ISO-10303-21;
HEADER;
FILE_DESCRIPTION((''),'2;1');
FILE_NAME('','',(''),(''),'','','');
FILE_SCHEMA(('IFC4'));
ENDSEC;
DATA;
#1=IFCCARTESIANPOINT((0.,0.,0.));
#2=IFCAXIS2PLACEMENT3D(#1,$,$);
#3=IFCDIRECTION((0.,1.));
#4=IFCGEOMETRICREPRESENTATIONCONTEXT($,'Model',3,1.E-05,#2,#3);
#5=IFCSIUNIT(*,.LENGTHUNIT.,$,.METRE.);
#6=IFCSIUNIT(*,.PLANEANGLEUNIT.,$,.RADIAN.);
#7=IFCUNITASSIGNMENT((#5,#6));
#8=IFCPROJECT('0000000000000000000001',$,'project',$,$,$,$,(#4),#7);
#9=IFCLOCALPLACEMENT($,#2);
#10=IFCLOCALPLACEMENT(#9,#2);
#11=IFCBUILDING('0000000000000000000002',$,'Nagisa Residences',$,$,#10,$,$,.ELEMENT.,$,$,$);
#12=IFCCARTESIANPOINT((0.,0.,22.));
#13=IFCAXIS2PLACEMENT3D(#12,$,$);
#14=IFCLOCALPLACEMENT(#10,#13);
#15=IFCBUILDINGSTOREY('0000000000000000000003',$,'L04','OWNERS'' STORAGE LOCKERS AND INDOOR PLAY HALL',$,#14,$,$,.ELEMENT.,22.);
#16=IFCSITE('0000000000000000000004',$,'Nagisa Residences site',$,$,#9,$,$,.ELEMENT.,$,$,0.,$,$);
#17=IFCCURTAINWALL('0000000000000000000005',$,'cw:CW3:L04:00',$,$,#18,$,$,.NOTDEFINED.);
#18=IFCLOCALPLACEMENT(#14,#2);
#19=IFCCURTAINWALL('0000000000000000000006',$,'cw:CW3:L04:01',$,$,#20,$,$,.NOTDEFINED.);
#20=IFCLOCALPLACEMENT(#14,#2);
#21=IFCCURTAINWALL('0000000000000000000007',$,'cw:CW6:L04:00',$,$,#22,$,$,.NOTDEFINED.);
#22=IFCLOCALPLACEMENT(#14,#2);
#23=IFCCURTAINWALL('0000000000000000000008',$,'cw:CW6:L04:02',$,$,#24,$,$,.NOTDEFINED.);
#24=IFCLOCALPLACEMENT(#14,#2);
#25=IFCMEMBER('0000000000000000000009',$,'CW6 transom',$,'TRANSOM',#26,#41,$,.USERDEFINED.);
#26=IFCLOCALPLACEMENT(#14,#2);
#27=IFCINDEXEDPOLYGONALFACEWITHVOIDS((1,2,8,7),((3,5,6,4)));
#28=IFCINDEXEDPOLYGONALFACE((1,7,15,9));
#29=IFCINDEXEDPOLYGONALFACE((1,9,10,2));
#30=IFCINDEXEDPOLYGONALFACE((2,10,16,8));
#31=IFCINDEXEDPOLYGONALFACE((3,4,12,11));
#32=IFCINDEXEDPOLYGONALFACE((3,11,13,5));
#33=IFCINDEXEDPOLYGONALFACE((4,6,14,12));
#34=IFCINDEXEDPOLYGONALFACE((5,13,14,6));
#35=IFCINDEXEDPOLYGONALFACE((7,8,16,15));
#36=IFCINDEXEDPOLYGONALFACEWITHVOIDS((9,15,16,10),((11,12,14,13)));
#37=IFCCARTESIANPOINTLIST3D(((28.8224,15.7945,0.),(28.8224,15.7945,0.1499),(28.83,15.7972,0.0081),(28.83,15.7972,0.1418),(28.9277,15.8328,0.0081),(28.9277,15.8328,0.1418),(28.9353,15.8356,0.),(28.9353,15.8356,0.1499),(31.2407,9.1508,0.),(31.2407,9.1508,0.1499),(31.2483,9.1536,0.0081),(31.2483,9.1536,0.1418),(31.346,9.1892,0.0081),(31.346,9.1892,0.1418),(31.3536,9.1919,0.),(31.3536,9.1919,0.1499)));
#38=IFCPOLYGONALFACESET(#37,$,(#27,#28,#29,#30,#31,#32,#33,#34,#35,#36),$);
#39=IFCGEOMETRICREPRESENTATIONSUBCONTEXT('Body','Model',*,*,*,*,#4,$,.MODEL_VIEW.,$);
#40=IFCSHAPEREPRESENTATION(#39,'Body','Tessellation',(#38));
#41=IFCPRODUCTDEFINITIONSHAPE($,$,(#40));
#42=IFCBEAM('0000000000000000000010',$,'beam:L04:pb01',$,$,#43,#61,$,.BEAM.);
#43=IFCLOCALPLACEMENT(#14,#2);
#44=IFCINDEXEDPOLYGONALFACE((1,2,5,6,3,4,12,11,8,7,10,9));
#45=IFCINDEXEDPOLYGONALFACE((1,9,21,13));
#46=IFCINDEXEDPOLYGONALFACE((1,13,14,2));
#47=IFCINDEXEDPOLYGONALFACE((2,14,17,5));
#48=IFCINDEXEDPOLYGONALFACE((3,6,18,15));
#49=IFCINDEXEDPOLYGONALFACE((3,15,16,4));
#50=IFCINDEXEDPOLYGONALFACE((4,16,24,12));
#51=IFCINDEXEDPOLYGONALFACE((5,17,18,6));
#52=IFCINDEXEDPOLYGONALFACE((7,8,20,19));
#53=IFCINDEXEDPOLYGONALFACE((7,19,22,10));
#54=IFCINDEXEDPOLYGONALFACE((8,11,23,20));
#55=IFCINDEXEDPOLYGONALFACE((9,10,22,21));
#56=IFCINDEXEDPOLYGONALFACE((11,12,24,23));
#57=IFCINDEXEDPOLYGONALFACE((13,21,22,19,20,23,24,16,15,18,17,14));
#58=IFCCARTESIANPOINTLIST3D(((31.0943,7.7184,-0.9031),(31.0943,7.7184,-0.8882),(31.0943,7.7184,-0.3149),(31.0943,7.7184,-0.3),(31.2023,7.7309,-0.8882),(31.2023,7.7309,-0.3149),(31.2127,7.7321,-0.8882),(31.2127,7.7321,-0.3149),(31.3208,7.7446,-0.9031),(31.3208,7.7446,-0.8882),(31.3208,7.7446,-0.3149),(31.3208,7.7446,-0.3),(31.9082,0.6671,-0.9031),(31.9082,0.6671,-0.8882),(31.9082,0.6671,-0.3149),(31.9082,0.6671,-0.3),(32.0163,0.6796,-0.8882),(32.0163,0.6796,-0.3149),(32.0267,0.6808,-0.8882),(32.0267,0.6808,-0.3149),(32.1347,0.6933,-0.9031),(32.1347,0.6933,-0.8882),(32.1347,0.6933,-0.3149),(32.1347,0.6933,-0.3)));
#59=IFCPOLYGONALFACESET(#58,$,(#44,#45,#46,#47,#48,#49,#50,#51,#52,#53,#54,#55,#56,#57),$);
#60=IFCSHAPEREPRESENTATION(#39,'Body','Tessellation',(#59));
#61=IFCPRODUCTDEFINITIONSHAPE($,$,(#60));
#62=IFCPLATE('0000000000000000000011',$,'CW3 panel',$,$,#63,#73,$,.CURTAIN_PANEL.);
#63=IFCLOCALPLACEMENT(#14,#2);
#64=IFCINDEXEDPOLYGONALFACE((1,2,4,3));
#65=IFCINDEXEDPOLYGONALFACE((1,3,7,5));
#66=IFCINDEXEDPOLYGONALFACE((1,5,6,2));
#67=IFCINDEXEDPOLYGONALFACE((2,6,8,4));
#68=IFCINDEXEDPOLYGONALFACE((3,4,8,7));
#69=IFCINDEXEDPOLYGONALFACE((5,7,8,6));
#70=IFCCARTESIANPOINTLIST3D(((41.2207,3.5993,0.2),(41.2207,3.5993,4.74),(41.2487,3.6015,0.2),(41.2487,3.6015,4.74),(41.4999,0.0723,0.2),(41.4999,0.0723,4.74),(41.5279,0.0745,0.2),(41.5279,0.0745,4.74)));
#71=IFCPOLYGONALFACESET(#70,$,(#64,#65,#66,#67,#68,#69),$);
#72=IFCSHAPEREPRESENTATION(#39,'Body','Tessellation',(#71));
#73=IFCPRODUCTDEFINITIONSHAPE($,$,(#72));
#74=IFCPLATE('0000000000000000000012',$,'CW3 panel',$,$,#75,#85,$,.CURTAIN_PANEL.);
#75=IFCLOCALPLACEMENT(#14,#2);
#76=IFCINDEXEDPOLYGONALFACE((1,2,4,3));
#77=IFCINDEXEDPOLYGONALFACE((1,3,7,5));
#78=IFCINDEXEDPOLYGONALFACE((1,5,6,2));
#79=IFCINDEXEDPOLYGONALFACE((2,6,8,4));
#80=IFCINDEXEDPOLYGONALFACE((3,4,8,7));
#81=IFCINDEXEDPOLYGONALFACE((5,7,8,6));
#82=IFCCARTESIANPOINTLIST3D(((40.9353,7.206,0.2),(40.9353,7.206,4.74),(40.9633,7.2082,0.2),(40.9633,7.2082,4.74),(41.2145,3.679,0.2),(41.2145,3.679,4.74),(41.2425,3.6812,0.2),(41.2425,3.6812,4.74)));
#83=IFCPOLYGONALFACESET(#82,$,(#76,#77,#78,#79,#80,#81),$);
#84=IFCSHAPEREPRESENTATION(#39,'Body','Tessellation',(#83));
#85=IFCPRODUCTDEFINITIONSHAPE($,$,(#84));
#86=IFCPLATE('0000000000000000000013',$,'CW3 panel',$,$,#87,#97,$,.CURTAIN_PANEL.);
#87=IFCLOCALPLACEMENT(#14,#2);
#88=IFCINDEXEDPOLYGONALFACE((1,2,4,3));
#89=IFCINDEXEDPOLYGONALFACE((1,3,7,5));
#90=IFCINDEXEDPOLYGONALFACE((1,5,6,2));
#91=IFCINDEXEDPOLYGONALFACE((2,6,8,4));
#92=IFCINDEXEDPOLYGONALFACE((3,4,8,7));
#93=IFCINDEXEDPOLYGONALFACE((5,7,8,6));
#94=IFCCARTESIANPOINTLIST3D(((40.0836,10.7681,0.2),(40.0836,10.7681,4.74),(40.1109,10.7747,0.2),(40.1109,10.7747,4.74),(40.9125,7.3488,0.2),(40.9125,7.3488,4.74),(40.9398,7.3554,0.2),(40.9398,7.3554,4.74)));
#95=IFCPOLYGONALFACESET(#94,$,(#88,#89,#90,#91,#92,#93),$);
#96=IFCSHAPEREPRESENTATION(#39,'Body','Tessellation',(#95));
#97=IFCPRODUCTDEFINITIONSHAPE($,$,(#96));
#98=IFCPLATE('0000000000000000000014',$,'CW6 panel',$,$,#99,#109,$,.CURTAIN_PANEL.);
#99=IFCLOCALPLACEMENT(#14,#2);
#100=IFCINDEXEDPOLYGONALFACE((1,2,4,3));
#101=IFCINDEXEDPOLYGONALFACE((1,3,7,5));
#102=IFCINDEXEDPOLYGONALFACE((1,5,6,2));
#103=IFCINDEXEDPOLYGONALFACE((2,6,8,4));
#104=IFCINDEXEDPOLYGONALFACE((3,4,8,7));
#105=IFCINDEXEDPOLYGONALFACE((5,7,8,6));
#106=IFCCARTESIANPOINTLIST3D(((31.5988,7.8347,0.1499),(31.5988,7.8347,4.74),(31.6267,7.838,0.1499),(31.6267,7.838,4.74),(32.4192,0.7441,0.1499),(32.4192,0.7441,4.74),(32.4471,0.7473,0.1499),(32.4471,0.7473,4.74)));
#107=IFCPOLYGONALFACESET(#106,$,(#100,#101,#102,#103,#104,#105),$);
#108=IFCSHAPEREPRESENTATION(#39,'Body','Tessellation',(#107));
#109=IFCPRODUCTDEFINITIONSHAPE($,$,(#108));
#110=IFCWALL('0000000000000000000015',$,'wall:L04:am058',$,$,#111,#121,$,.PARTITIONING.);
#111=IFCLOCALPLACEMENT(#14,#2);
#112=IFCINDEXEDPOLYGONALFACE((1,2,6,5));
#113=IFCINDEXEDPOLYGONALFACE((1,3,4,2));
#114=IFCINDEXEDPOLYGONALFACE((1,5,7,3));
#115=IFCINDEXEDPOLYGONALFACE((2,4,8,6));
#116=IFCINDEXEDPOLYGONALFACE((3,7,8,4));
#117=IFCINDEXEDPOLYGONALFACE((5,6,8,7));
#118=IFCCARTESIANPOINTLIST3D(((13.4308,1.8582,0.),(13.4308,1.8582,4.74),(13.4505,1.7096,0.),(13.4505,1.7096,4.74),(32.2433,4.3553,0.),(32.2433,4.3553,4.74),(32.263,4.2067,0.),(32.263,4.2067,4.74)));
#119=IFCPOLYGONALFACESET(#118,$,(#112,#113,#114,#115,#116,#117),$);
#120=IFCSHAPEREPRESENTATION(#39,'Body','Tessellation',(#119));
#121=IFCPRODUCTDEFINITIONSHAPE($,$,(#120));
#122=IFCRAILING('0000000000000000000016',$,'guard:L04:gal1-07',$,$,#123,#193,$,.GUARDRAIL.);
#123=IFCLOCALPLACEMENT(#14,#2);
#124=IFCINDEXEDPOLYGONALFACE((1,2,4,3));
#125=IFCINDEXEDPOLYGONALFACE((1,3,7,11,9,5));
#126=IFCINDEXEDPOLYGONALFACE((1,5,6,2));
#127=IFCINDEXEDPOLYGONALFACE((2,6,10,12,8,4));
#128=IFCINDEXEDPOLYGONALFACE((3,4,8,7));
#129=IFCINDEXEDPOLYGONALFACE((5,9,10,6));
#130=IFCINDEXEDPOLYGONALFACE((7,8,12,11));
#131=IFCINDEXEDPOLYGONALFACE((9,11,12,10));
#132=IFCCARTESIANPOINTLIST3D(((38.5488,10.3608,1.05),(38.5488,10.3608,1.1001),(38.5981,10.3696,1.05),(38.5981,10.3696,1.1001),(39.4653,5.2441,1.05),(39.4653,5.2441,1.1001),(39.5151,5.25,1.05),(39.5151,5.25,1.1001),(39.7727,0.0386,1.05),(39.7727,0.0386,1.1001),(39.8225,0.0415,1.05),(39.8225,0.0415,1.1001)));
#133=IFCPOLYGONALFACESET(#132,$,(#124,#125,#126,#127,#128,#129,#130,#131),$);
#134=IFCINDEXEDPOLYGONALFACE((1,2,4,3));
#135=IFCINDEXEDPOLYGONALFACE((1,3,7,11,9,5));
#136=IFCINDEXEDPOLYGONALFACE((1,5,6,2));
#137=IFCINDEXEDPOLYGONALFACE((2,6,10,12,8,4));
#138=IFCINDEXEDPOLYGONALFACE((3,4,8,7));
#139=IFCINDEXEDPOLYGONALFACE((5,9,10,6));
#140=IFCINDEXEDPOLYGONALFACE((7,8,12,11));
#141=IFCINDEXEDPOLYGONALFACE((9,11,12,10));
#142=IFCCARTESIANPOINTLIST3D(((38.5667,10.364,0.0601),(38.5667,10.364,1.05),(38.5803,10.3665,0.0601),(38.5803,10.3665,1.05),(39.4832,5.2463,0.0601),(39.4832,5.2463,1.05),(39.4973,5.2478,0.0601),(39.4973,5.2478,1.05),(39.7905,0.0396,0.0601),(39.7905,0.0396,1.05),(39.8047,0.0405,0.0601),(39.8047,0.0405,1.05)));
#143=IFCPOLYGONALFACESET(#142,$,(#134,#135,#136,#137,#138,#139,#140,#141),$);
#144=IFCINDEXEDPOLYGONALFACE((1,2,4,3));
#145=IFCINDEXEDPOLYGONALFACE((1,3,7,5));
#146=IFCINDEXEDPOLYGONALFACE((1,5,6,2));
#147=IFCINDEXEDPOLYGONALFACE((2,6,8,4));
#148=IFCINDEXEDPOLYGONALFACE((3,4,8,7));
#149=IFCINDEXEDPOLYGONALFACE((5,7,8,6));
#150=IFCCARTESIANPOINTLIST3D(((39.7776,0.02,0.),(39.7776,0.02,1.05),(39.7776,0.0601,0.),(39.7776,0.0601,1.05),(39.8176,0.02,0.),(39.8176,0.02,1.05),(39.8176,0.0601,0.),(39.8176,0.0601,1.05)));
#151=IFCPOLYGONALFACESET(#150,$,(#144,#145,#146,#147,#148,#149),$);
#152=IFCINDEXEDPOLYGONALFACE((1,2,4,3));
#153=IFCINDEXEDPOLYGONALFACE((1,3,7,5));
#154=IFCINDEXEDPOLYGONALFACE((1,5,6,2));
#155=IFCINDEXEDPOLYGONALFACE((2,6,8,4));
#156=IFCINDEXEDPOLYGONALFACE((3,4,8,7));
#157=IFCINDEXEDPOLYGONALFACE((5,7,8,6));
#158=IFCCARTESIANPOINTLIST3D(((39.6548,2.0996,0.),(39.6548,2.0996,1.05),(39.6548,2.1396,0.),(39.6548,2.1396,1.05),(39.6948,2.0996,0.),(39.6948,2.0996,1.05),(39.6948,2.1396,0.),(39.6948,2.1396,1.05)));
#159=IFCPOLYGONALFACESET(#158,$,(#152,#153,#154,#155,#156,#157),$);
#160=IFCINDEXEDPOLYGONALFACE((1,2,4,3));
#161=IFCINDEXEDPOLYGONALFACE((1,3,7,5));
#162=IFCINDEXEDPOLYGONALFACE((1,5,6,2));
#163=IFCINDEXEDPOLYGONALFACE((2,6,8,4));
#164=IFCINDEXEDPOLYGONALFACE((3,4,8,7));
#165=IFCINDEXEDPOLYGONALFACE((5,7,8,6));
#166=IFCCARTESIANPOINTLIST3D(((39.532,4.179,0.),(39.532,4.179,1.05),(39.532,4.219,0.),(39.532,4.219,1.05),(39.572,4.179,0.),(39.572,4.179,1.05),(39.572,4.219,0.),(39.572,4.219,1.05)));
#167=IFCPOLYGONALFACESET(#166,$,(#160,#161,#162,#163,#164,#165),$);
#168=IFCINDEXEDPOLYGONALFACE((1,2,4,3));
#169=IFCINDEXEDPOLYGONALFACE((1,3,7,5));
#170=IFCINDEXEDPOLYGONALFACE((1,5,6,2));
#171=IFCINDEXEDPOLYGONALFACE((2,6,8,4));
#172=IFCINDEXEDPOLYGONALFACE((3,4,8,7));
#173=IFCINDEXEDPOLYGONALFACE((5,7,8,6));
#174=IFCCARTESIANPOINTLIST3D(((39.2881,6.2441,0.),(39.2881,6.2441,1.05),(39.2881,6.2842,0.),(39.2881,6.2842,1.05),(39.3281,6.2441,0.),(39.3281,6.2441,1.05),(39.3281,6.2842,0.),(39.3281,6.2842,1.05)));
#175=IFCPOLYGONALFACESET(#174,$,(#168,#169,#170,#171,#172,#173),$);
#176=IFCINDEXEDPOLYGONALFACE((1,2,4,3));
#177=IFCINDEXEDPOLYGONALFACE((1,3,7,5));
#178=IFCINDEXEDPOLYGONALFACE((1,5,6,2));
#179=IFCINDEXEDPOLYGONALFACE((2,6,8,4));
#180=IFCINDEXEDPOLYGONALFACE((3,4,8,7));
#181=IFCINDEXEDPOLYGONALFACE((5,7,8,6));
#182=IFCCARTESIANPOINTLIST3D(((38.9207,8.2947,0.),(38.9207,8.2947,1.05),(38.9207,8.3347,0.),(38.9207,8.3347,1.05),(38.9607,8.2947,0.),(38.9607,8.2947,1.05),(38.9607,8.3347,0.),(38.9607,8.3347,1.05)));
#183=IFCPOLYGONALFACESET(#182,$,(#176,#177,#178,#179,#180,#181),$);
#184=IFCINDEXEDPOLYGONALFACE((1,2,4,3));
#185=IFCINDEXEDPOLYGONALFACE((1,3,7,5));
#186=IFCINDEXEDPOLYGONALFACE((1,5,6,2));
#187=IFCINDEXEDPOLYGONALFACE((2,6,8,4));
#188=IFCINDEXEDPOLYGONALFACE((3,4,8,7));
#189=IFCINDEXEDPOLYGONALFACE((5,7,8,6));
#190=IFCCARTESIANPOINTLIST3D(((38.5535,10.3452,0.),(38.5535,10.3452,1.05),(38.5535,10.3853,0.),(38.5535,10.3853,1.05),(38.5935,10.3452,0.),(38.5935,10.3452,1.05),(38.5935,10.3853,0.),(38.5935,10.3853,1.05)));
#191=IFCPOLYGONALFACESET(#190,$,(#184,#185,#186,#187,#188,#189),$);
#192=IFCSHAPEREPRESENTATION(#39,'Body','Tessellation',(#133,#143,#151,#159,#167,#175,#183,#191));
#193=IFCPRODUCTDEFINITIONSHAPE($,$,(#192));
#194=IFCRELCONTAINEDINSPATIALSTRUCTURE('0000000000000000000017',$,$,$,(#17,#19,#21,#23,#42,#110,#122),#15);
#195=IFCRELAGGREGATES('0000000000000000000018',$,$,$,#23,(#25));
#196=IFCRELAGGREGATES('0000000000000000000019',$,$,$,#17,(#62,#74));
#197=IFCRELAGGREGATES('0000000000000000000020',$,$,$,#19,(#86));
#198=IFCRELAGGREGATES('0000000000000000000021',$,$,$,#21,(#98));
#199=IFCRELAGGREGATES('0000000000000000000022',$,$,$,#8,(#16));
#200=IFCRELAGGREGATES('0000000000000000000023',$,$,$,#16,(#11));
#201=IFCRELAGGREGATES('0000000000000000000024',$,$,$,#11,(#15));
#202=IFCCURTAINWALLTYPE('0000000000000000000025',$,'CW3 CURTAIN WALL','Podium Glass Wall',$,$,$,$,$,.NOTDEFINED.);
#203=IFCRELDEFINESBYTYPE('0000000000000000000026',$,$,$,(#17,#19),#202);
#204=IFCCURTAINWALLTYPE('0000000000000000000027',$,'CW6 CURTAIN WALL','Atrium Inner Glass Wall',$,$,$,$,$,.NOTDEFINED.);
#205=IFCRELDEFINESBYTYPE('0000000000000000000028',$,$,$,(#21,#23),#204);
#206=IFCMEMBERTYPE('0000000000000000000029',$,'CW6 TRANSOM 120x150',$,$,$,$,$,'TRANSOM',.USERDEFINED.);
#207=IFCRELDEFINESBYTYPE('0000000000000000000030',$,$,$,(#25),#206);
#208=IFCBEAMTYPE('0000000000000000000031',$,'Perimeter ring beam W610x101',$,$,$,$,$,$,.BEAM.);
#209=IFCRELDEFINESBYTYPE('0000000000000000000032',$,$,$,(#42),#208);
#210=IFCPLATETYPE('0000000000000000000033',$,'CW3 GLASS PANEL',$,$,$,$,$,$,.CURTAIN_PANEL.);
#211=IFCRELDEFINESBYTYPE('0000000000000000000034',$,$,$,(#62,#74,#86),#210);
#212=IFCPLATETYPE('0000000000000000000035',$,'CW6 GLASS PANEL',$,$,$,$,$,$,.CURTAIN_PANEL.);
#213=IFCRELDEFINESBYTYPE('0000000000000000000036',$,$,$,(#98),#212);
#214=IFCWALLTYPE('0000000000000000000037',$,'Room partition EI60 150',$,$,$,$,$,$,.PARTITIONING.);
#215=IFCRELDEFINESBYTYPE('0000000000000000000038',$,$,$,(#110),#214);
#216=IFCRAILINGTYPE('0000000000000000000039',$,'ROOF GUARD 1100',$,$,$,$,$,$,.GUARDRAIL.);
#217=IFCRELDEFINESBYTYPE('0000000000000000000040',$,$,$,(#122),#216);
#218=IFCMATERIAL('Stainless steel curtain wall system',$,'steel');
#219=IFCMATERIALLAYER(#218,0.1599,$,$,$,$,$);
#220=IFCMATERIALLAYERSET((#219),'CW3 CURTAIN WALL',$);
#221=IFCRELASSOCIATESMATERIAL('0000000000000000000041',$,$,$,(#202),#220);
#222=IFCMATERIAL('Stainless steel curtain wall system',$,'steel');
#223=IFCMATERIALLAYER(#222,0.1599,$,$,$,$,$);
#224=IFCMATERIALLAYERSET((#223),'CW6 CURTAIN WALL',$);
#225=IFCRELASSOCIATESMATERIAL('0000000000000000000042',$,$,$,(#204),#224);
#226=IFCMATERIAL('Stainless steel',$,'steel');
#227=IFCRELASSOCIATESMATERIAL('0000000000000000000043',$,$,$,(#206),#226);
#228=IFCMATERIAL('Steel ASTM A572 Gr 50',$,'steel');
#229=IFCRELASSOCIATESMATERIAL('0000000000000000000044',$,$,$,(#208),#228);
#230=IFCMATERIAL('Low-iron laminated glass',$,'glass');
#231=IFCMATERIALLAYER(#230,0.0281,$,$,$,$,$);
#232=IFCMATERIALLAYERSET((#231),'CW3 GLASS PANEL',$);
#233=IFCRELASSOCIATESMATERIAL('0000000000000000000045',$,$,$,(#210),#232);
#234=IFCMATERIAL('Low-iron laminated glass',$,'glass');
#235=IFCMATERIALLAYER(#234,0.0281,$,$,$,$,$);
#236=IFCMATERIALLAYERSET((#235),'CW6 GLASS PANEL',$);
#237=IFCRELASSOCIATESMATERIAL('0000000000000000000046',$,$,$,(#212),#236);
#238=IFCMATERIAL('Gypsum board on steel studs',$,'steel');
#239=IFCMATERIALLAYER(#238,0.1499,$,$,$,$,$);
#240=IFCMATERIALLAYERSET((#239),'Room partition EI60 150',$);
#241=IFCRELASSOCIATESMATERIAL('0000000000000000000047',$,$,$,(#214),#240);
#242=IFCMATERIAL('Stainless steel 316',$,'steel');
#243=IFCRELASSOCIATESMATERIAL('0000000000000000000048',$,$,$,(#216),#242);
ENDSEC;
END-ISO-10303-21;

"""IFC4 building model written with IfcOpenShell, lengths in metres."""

from ifc_helpers import new_model, si_unit, direction, frame, frame_2d, origin, origin_2d, place, context, subcontext, project, spatial, polyline, rectangle, hollow_rectangle, i_section, outline, extrude, material, layer, layer_set, material_profile, profile_set, type_object, element, aggregate, save


model = new_model("IFC4")

# Units and contexts
model_context = context("Model", 3, precision=1e-05, world=origin(), true_north=direction((0.0, 1.0)))
body_context = subcontext(model_context, "Body", "Model", "MODEL_VIEW")
ifc_project = project(units=[si_unit("LENGTHUNIT", "METRE"), si_unit("PLANEANGLEUNIT", "RADIAN")], contexts=[model_context])

# Site, building, storey
site_placement = place(None, origin())
site = spatial("IfcSite", under=ifc_project, at=site_placement, Name="Nagisa Residences site", CompositionType="ELEMENT", RefElevation=0.0)
building_placement = place(site_placement, origin())
building = spatial("IfcBuilding", under=site, at=building_placement, Name="Nagisa Residences", CompositionType="ELEMENT")
storey_placement = place(building_placement, frame((0.0, 0.0, 22.0)))
storey = spatial("IfcBuildingStorey", under=building, at=storey_placement, Name="L04", Description="OWNERS' STORAGE LOCKERS AND INDOOR PLAY HALL", CompositionType="ELEMENT", Elevation=22.0)

# Curtain walls
ifc_material_1 = material(Name="Stainless steel curtain wall system", Category="steel")
ifc_layer_1 = layer(ifc_material_1, 0.1599)
ifc_layer_set_1 = layer_set([ifc_layer_1], Name="CW3 CURTAIN WALL")
curtain_wall_type_1 = type_object("IfcCurtainWallType", Name="CW3 CURTAIN WALL", Description="Podium Glass Wall", PredefinedType="NOTDEFINED", material=ifc_layer_set_1)
curtain_wall_1_placement = place(storey_placement, origin())
curtain_wall_1 = element("IfcCurtainWall", 1, at=curtain_wall_1_placement, inside=storey, type_object=curtain_wall_type_1, Name="cw:CW3:L04:00", PredefinedType="NOTDEFINED")
curtain_wall_2_placement = place(storey_placement, origin())
curtain_wall_2 = element("IfcCurtainWall", 2, at=curtain_wall_2_placement, inside=storey, type_object=curtain_wall_type_1, Name="cw:CW3:L04:01", PredefinedType="NOTDEFINED")
ifc_material_2 = material(Name="Stainless steel curtain wall system", Category="steel")
ifc_layer_2 = layer(ifc_material_2, 0.1599)
ifc_layer_set_2 = layer_set([ifc_layer_2], Name="CW6 CURTAIN WALL")
curtain_wall_type_2 = type_object("IfcCurtainWallType", Name="CW6 CURTAIN WALL", Description="Atrium Inner Glass Wall", PredefinedType="NOTDEFINED", material=ifc_layer_set_2)
curtain_wall_3_placement = place(storey_placement, origin())
curtain_wall_3 = element("IfcCurtainWall", 3, at=curtain_wall_3_placement, inside=storey, type_object=curtain_wall_type_2, Name="cw:CW6:L04:00", PredefinedType="NOTDEFINED")
ifc_material_3 = material(Name="Stainless steel", Category="steel")
ifc_material_profile_1 = material_profile(ifc_material_3, hollow_rectangle(XDim=0.1201, YDim=0.1499, WallThickness=0.0081, at=origin_2d()), Name="CW6 TRANSOM 120x150")
ifc_profile_set_1 = profile_set([ifc_material_profile_1], Name="Stainless steel")
member_type_1 = type_object("IfcMemberType", Name="CW6 TRANSOM 120x150", ElementType="TRANSOM", PredefinedType="USERDEFINED", material=ifc_profile_set_1)

# Curtain wall, member
curtain_wall_4_placement = place(storey_placement, origin())
curtain_wall_4 = element("IfcCurtainWall", 4, at=curtain_wall_4_placement, inside=storey, type_object=curtain_wall_type_2, Name="cw:CW6:L04:02", PredefinedType="NOTDEFINED")
member_1_placement = place(storey_placement, frame((31.2971, 9.1714, 0.075), z_axis=(-0.34204, 0.939685, 0.0), x_axis=(-0.939685, -0.34204, 0.0)))
member_1 = element("IfcMember", 5, at=member_1_placement, type_object=member_type_1, Name="CW6 transom", ObjectType="TRANSOM", PredefinedType="USERDEFINED", context=body_context, shape_type="SweptSolid", body=[
    extrude(hollow_rectangle(XDim=0.1201, YDim=0.1499, WallThickness=0.0081, at=origin_2d()), origin(), (0.0, 0.0, 1.0), 7.0701),
])
aggregate(curtain_wall_4, [member_1])

# Beam
ifc_material_4 = material(Name="Steel ASTM A572 Gr 50", Category="steel")
ifc_material_profile_2 = material_profile(ifc_material_4, i_section(OverallWidth=0.228, OverallDepth=0.603, WebThickness=0.0105, FlangeThickness=0.0149, at=origin_2d()), Name="W610x101")
ifc_profile_set_2 = profile_set([ifc_material_profile_2], Name="Steel ASTM A572 Gr 50")
beam_type_1 = type_object("IfcBeamType", Name="Perimeter ring beam W610x101", PredefinedType="BEAM", material=ifc_profile_set_2)
beam_1_placement = place(storey_placement, frame((32.0215, 0.6802, -0.6016), z_axis=(-0.114674, 0.993403, 0.0), x_axis=(-0.993403, -0.114674, 0.0)))
element("IfcBeam", 6, at=beam_1_placement, inside=storey, type_object=beam_type_1, Name="beam:L04:pb01", PredefinedType="BEAM", context=body_context, shape_type="SweptSolid", body=[
    extrude(i_section(OverallWidth=0.228, OverallDepth=0.603, WebThickness=0.0105, FlangeThickness=0.0149, at=origin_2d()), origin(), (0.0, 0.0, 1.0), 7.0981),
])

# Plates
ifc_material_5 = material(Name="Low-iron laminated glass", Category="glass")
ifc_layer_3 = layer(ifc_material_5, 0.0281)
ifc_layer_set_3 = layer_set([ifc_layer_3], Name="CW3 GLASS PANEL")
plate_type_1 = type_object("IfcPlateType", Name="CW3 GLASS PANEL", PredefinedType="CURTAIN_PANEL", material=ifc_layer_set_3)
plate_1_placement = place(storey_placement, frame((41.3743, 1.8369, 0.2), z_axis=(0.0, 0.0, 1.0), x_axis=(-0.07891, 0.996882, 0.0)))
plate_1 = element("IfcPlate", 7, at=plate_1_placement, type_object=plate_type_1, Name="CW3 panel", PredefinedType="CURTAIN_PANEL", context=body_context, shape_type="SweptSolid", body=[
    extrude(rectangle(XDim=3.5381, YDim=0.0281, at=origin_2d()), origin(), (0.0, 0.0, 1.0), 4.54),
])
plate_2_placement = place(storey_placement, frame((41.0889, 5.4436, 0.2), z_axis=(0.0, 0.0, 1.0), x_axis=(-0.07891, 0.996882, 0.0)))
plate_2 = element("IfcPlate", 8, at=plate_2_placement, type_object=plate_type_1, Name="CW3 panel", PredefinedType="CURTAIN_PANEL", context=body_context, shape_type="SweptSolid", body=[
    extrude(rectangle(XDim=3.5381, YDim=0.0281, at=origin_2d()), origin(), (0.0, 0.0, 1.0), 4.54),
])
aggregate(curtain_wall_1, [plate_1, plate_2])
plate_3_placement = place(storey_placement, frame((40.5117, 9.0618, 0.2), z_axis=(0.0, 0.0, 1.0), x_axis=(-0.235606, 0.971849, 0.0)))
plate_3 = element("IfcPlate", 9, at=plate_3_placement, type_object=plate_type_1, Name="CW3 panel", PredefinedType="CURTAIN_PANEL", context=body_context, shape_type="SweptSolid", body=[
    extrude(rectangle(XDim=3.5183, YDim=0.0281, at=origin_2d()), origin(), (0.0, 0.0, 1.0), 4.54),
])
aggregate(curtain_wall_2, [plate_3])
ifc_material_6 = material(Name="Low-iron laminated glass", Category="glass")
ifc_layer_4 = layer(ifc_material_6, 0.0281)
ifc_layer_set_4 = layer_set([ifc_layer_4], Name="CW6 GLASS PANEL")
plate_type_2 = type_object("IfcPlateType", Name="CW6 GLASS PANEL", PredefinedType="CURTAIN_PANEL", material=ifc_layer_set_4)
plate_4_placement = place(storey_placement, frame((32.0229, 4.291, 0.1499), z_axis=(0.0, 0.0, 1.0), x_axis=(-0.114928, 0.993374, 0.0)))
plate_4 = element("IfcPlate", 10, at=plate_4_placement, type_object=plate_type_2, Name="CW6 panel", PredefinedType="CURTAIN_PANEL", context=body_context, shape_type="SweptSolid", body=[
    extrude(rectangle(XDim=7.1379, YDim=0.0281, at=origin_2d()), origin(), (0.0, 0.0, 1.0), 4.5901),
])
aggregate(curtain_wall_3, [plate_4])

# Wall
ifc_material_7 = material(Name="Gypsum board on steel studs", Category="steel")
ifc_layer_5 = layer(ifc_material_7, 0.1499)
ifc_layer_set_5 = layer_set([ifc_layer_5], Name="Room partition EI60 150")
wall_type = type_object("IfcWallType", Name="Room partition EI60 150", PredefinedType="PARTITIONING", material=ifc_layer_set_5)
wall_placement = place(storey_placement, frame((32.2532, 4.281, 0.0), z_axis=(0.0, 0.0, 1.0), x_axis=(-0.991305, -0.131581, 0.0)))
element("IfcWall", 11, at=wall_placement, inside=storey, type_object=wall_type, Name="wall:L04:am058", PredefinedType="PARTITIONING", context=body_context, shape_type="SweptSolid", body=[
    extrude(rectangle(XDim=18.9775, YDim=0.1499, at=frame_2d((9.4888, 0.0))), origin(), (0.0, 0.0, 1.0), 4.74),
])

# Railing
ifc_material_8 = material(Name="Stainless steel 316", Category="steel")
railing_type = type_object("IfcRailingType", Name="ROOF GUARD 1100", PredefinedType="GUARDRAIL", material=ifc_material_8)
railing_1_placement = place(storey_placement, frame((39.7976, 0.04, 0.0)))
element("IfcRailing", 12, at=railing_1_placement, inside=storey, type_object=railing_type, Name="guard:L04:gal1-07", PredefinedType="GUARDRAIL", context=body_context, shape_type="SweptSolid", body=[
    extrude(outline(polyline([(-0.3323, 5.2041), (-0.0249, -0.0015), (0.0249, 0.0015), (-0.2825, 5.21), (-1.1995, 10.3296), (-1.2488, 10.3208), (-0.3323, 5.2041)])), frame((0.0, 0.0, 1.05)), (0.0, 0.0, 1.0), 0.05),
    extrude(outline(polyline([(-0.3145, 5.2063), (-0.0071, -0.0005), (0.0071, 0.0005), (-0.3003, 5.2078), (-1.2173, 10.3264), (-1.231, 10.324), (-0.3145, 5.2063)])), frame((0.0, 0.0, 0.0601)), (0.0, 0.0, 1.0), 0.99),
    extrude(rectangle(XDim=0.04, YDim=0.04, at=origin_2d()), origin(), (0.0, 0.0, 1.0), 1.05),
    extrude(rectangle(XDim=0.04, YDim=0.04, at=origin_2d()), frame((-0.1228, 2.0796, 0.0)), (0.0, 0.0, 1.0), 1.05),
    extrude(rectangle(XDim=0.04, YDim=0.04, at=origin_2d()), frame((-0.2456, 4.1589, 0.0)), (0.0, 0.0, 1.0), 1.05),
    extrude(rectangle(XDim=0.04, YDim=0.04, at=origin_2d()), frame((-0.4895, 6.2241, 0.0)), (0.0, 0.0, 1.0), 1.05),
    extrude(rectangle(XDim=0.04, YDim=0.04, at=origin_2d()), frame((-0.8569, 8.2747, 0.0)), (0.0, 0.0, 1.0), 1.05),
    extrude(rectangle(XDim=0.04, YDim=0.04, at=origin_2d()), frame((-1.2241, 10.3252, 0.0)), (0.0, 0.0, 1.0), 1.05),
])

save(model, "model.ifc")
